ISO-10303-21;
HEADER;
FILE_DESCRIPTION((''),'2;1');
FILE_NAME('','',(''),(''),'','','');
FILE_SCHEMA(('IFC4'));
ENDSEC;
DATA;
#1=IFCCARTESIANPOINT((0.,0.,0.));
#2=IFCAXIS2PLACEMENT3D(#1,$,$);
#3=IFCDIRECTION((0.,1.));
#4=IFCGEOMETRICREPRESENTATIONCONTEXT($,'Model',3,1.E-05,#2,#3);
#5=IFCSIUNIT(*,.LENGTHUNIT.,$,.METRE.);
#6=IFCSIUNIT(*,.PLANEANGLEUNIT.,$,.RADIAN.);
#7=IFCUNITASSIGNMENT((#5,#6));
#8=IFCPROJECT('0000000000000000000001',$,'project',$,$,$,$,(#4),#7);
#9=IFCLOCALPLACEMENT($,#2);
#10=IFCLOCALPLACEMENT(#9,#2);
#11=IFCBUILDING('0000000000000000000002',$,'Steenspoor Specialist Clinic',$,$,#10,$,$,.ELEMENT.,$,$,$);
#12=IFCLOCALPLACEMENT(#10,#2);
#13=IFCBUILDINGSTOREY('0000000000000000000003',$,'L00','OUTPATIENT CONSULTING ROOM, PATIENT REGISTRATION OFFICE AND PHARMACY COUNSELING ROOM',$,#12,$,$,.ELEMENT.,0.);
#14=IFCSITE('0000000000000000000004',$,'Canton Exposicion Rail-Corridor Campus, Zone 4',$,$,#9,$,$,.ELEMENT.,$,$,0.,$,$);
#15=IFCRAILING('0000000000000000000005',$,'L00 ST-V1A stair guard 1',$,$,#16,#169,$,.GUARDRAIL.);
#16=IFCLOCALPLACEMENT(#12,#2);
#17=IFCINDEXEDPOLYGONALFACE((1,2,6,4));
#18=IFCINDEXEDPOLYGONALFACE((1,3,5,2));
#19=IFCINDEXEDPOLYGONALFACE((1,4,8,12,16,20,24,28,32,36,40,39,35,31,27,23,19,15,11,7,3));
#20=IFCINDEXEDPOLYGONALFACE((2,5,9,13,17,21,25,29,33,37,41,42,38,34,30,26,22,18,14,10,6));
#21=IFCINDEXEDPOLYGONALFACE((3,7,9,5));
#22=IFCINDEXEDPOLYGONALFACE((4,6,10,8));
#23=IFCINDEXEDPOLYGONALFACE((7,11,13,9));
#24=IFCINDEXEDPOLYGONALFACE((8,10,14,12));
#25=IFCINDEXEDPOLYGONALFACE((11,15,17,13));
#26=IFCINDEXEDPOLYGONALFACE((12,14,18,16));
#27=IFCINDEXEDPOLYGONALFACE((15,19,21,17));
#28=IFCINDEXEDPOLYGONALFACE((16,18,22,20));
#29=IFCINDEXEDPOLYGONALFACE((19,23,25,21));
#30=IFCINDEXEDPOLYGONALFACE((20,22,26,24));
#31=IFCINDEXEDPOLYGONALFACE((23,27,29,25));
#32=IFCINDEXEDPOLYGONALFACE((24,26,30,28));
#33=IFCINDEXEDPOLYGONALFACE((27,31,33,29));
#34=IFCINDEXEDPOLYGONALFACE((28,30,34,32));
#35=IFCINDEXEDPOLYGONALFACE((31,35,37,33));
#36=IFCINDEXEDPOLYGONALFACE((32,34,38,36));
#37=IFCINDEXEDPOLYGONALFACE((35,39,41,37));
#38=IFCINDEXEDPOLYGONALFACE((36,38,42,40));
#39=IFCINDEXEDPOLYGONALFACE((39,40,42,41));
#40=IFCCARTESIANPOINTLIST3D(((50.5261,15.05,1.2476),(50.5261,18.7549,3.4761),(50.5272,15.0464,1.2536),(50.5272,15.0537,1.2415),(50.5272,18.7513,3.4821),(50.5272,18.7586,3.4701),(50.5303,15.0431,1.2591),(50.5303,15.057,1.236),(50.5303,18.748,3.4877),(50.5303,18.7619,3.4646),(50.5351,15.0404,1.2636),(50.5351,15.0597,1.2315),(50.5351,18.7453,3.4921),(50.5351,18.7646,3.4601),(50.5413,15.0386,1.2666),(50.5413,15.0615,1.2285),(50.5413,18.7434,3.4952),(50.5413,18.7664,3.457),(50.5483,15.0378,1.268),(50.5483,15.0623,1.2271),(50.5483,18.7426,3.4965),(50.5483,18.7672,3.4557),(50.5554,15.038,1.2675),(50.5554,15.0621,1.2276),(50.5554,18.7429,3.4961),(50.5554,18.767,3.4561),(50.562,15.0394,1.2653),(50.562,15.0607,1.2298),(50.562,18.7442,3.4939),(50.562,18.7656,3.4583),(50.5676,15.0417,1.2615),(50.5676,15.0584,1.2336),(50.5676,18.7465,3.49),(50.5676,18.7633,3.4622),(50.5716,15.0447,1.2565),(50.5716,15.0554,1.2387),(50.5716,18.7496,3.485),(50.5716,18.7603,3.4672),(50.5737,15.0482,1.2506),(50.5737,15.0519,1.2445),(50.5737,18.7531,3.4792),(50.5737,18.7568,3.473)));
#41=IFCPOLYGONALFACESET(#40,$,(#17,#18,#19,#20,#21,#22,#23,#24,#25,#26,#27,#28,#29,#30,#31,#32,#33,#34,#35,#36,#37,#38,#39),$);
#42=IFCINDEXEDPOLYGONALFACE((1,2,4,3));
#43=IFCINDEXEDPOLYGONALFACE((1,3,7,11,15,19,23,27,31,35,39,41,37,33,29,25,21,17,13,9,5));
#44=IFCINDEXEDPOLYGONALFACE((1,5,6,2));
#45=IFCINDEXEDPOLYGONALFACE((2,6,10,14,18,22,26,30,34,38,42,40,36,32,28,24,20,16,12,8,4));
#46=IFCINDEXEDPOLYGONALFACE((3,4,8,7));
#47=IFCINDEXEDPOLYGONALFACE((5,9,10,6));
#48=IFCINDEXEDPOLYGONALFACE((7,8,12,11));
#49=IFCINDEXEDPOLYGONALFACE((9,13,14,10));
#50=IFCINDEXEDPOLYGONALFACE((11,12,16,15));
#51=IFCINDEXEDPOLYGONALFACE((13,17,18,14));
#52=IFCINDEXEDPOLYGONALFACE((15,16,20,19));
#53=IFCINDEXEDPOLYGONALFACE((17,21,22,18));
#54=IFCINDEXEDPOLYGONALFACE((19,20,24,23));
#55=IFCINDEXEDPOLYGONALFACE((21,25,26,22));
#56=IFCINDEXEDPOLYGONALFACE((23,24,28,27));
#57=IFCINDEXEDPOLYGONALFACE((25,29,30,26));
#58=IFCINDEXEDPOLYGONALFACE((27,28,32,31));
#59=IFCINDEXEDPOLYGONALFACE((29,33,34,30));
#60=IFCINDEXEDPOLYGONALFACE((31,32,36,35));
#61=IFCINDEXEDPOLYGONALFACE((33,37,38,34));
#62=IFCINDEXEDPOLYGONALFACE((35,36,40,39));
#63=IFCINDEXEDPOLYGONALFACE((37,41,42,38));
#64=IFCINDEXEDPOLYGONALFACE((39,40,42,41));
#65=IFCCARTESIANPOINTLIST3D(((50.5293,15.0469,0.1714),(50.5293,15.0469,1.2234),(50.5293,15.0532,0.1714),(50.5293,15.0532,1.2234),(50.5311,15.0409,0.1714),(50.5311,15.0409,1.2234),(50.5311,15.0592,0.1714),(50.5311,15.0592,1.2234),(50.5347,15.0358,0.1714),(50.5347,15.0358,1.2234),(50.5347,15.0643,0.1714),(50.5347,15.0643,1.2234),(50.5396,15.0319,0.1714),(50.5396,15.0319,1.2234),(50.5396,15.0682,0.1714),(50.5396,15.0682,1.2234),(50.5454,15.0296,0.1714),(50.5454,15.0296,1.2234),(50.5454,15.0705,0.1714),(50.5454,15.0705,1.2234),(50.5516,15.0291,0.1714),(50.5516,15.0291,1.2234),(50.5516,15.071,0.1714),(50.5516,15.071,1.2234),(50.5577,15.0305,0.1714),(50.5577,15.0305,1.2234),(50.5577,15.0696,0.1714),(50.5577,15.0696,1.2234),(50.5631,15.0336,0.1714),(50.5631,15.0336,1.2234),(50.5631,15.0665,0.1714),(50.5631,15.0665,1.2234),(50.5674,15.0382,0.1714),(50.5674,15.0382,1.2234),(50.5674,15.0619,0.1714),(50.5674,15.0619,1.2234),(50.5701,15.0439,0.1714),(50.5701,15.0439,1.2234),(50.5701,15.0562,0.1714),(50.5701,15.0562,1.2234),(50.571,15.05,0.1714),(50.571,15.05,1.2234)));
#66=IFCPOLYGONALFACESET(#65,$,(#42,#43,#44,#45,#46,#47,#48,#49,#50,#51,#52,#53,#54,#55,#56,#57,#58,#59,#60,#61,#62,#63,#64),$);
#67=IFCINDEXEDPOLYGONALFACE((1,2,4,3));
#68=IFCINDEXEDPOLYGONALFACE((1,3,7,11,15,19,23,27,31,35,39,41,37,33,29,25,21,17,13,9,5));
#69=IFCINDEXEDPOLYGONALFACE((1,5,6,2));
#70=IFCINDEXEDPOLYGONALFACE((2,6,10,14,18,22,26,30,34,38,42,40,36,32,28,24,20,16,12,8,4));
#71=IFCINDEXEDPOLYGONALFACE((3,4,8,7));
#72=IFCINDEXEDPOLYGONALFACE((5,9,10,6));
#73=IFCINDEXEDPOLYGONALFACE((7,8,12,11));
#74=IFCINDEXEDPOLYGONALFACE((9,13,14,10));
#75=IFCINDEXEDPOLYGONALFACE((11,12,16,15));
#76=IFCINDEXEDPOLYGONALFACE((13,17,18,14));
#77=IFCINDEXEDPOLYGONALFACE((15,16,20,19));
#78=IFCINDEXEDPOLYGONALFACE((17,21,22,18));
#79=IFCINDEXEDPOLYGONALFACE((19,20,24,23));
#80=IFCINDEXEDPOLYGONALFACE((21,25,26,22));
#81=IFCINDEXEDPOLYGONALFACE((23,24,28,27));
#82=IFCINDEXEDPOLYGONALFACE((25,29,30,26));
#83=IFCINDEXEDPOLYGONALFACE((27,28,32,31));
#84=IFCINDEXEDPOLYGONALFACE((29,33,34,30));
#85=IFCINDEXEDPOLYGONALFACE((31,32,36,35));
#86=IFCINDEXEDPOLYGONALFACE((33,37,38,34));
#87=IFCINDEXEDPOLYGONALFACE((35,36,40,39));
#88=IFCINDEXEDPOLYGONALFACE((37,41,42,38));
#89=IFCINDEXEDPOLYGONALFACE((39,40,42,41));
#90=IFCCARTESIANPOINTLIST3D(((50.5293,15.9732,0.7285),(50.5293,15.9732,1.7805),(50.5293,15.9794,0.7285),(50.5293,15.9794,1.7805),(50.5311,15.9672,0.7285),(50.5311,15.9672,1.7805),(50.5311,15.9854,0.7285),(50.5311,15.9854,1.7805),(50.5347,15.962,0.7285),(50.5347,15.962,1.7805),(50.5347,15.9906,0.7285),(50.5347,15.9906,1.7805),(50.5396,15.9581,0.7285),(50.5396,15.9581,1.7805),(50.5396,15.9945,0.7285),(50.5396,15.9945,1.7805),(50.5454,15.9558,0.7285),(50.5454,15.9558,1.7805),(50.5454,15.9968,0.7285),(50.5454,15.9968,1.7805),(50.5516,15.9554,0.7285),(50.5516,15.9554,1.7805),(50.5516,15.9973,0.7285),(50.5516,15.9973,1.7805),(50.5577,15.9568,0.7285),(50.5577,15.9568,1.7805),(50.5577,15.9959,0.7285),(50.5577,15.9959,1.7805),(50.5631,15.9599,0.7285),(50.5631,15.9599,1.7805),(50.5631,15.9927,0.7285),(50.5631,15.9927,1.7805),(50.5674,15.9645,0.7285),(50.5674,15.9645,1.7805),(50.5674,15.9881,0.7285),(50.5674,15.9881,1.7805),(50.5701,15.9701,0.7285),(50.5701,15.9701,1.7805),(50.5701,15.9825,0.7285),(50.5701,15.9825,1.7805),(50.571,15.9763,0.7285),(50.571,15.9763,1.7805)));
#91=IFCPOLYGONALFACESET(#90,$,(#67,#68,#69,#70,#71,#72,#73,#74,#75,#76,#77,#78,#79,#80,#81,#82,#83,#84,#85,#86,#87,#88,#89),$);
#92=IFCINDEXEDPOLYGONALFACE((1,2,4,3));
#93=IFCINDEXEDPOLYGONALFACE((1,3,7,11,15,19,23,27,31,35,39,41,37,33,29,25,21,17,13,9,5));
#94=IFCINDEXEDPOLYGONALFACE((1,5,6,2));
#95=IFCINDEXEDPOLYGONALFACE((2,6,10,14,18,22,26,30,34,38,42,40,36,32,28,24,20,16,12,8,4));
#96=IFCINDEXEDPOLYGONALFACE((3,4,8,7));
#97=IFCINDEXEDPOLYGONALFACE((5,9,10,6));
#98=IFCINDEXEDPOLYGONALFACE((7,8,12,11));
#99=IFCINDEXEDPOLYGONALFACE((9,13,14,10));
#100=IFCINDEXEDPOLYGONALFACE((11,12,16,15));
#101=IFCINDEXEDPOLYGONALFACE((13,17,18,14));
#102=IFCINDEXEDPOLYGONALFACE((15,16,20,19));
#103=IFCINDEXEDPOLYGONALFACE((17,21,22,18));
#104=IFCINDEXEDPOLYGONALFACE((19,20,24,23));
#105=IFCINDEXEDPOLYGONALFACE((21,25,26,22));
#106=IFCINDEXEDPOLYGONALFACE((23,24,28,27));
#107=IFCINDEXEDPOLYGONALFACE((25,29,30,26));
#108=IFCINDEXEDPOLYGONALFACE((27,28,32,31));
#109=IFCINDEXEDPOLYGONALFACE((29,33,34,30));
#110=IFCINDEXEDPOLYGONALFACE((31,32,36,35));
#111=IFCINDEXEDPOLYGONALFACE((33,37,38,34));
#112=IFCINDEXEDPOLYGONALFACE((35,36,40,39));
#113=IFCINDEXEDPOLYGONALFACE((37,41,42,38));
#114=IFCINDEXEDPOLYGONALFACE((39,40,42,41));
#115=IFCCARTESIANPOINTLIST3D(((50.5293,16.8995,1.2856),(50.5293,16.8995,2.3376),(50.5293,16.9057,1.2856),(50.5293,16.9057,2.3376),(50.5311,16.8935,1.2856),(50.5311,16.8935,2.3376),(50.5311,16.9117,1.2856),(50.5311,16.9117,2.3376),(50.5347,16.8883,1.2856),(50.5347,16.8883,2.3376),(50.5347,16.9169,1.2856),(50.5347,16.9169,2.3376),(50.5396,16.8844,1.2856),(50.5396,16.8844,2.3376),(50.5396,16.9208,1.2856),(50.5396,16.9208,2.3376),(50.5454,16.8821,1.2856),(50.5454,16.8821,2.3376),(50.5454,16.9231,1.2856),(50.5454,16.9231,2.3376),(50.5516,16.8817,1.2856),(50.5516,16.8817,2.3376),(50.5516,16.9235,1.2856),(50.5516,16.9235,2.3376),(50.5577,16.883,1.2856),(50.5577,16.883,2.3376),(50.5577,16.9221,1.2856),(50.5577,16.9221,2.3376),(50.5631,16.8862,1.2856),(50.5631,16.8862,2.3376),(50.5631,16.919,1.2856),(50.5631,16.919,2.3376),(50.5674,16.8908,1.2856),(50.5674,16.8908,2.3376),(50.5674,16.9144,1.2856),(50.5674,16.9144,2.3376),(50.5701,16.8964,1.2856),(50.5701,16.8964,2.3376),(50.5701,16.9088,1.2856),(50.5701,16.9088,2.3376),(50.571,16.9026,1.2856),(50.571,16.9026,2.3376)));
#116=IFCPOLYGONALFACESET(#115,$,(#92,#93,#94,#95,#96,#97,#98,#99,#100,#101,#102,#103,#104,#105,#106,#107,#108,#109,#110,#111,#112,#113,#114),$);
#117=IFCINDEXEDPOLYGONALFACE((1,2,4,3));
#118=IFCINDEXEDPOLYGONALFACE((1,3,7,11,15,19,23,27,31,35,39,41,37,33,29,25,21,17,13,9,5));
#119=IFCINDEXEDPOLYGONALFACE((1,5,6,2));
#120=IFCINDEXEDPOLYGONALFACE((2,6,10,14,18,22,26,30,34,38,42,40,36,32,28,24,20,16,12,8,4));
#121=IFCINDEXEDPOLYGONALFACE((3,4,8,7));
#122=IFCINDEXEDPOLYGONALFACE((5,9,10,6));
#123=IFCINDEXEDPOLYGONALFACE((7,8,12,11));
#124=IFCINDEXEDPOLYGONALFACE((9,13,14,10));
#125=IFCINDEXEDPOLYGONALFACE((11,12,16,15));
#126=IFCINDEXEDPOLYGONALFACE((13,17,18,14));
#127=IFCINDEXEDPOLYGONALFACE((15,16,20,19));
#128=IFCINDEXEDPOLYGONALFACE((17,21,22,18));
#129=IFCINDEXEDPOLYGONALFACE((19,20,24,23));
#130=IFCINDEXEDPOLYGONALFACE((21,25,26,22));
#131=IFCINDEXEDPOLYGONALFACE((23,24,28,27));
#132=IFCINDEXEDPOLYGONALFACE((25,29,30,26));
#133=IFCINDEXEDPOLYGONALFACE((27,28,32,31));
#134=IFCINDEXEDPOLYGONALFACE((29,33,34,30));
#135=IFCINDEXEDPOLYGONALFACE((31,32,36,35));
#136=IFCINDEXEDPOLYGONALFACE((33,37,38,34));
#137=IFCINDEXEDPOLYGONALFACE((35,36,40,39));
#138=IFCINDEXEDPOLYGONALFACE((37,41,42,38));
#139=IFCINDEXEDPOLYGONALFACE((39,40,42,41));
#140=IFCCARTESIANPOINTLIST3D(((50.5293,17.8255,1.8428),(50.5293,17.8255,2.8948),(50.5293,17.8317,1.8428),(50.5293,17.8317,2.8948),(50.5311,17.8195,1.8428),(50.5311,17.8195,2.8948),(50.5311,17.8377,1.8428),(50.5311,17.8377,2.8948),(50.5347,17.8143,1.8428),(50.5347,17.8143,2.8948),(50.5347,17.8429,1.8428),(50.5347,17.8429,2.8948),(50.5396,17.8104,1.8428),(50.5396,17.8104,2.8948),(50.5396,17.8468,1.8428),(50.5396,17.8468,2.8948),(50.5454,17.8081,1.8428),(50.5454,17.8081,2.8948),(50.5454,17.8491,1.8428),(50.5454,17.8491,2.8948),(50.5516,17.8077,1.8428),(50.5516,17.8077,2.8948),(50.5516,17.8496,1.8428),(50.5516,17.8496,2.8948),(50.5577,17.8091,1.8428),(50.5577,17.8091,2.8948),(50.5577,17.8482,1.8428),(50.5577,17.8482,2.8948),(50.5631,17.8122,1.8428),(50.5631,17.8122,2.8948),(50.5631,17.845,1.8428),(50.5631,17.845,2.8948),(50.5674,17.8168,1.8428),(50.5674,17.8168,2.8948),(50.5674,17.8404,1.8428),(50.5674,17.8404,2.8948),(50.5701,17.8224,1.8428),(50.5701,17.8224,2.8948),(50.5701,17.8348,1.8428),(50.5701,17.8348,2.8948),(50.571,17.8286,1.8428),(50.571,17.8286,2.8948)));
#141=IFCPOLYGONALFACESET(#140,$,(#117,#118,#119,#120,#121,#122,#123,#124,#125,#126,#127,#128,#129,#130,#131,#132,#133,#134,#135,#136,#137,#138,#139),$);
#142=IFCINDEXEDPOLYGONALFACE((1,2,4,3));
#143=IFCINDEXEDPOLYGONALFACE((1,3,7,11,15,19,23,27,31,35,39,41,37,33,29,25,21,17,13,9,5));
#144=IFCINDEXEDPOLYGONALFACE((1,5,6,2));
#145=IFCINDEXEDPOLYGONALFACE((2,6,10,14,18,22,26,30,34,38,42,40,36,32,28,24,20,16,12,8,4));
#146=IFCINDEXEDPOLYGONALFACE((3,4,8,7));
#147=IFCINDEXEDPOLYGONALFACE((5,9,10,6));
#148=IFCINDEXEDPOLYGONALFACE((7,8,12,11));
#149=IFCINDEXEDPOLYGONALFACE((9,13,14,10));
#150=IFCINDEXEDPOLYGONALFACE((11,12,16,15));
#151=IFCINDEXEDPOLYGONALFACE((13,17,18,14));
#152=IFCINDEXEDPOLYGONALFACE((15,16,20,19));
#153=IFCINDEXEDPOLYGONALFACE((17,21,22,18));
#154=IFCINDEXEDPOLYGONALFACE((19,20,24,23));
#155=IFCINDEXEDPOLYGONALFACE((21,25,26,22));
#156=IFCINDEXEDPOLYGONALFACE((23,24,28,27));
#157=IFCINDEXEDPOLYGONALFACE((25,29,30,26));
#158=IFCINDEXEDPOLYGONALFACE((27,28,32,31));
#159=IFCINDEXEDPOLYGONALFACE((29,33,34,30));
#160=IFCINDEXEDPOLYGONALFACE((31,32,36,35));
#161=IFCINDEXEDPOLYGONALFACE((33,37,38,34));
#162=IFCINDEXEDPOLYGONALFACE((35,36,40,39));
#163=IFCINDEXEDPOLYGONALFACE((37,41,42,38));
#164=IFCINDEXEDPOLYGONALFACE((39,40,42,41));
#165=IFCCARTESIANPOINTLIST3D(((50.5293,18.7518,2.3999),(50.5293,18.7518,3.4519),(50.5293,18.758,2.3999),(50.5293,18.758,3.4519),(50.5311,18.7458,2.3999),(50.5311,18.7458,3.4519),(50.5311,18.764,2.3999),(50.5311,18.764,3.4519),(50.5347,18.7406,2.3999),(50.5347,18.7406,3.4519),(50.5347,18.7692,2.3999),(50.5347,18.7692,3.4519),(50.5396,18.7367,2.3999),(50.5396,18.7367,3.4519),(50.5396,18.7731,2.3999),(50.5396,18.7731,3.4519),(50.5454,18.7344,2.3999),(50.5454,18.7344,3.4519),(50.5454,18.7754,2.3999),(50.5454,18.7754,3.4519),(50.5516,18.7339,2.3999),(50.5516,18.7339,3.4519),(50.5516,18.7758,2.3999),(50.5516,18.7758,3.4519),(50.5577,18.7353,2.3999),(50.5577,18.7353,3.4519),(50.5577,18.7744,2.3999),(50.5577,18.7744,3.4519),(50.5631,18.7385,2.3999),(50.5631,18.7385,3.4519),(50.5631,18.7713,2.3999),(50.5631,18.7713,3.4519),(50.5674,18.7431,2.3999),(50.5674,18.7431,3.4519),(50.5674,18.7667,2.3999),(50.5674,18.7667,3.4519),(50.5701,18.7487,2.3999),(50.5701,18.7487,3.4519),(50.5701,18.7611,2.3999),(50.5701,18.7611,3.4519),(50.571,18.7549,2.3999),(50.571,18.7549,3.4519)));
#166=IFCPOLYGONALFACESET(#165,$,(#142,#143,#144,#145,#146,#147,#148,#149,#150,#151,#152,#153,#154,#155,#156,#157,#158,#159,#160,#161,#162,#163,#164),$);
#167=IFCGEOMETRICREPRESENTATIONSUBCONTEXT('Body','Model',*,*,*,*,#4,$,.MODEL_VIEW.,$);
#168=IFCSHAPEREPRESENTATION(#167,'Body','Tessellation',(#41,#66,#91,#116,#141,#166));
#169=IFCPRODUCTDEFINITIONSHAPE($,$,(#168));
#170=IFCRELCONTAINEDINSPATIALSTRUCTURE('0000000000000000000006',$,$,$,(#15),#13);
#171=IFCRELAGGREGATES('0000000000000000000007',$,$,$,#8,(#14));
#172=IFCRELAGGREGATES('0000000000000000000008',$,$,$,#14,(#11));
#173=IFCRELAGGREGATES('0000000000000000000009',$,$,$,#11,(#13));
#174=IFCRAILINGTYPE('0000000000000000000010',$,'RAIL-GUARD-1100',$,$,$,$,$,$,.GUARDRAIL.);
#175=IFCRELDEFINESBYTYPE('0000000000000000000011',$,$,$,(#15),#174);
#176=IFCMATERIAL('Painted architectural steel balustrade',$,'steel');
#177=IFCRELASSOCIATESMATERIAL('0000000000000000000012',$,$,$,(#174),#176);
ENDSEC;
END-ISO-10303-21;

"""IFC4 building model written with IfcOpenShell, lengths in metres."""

from ifc_helpers import new_model, si_unit, direction, frame, origin, origin_2d, place, context, subcontext, project, spatial, circle, extrude, material, type_object, element, save


model = new_model("IFC4")

# Units and contexts
model_context = context("Model", 3, precision=1e-05, world=origin(), true_north=direction((0.0, 1.0)))
body_context = subcontext(model_context, "Body", "Model", "MODEL_VIEW")
ifc_project = project(units=[si_unit("LENGTHUNIT", "METRE"), si_unit("PLANEANGLEUNIT", "RADIAN")], contexts=[model_context])

# Site, building, storey
site_placement = place(None, origin())
site = spatial("IfcSite", under=ifc_project, at=site_placement, Name="Canton Exposicion Rail-Corridor Campus, Zone 4", CompositionType="ELEMENT", RefElevation=0.0)
building_placement = place(site_placement, origin())
building = spatial("IfcBuilding", under=site, at=building_placement, Name="Steenspoor Specialist Clinic", CompositionType="ELEMENT")
storey_placement = place(building_placement, origin())
storey = spatial("IfcBuildingStorey", under=building, at=storey_placement, Name="L00", Description="OUTPATIENT CONSULTING ROOM, PATIENT REGISTRATION OFFICE AND PHARMACY COUNSELING ROOM", CompositionType="ELEMENT", Elevation=0.0)

# Railing
ifc_material_1 = material(Name="Painted architectural steel balustrade", Category="steel")
railing_type_1 = type_object("IfcRailingType", Name="RAIL-GUARD-1100", PredefinedType="GUARDRAIL", material=ifc_material_1)
railing_1_placement = place(storey_placement, frame((50.55, 15.05, 0.1714)))
element("IfcRailing", 1, at=railing_1_placement, inside=storey, type_object=railing_type_1, Name="L00 ST-V1A stair guard 1", PredefinedType="GUARDRAIL", context=body_context, shape_type="SweptSolid", body=[
    extrude(circle(Radius=0.0239, at=origin_2d()), frame((0.0, 0.0, 1.0762), z_axis=(0.0, 0.856919, 0.51545), x_axis=(-1.0, 0.0, 0.0)), (0.0, 0.0, 1.0), 4.3235),
    extrude(circle(Radius=0.021, at=origin_2d()), origin(), (0.0, 0.0, 1.0), 1.052),
    extrude(circle(Radius=0.021, at=origin_2d()), frame((0.0, 0.9263, 0.5571)), (0.0, 0.0, 1.0), 1.052),
    extrude(circle(Radius=0.021, at=origin_2d()), frame((0.0, 1.8525, 1.1143)), (0.0, 0.0, 1.0), 1.052),
    extrude(circle(Radius=0.021, at=origin_2d()), frame((0.0, 2.7786, 1.6714)), (0.0, 0.0, 1.0), 1.052),
    extrude(circle(Radius=0.021, at=origin_2d()), frame((0.0, 3.7048, 2.2285)), (0.0, 0.0, 1.0), 1.052),
])

save(model, "model.ifc")
